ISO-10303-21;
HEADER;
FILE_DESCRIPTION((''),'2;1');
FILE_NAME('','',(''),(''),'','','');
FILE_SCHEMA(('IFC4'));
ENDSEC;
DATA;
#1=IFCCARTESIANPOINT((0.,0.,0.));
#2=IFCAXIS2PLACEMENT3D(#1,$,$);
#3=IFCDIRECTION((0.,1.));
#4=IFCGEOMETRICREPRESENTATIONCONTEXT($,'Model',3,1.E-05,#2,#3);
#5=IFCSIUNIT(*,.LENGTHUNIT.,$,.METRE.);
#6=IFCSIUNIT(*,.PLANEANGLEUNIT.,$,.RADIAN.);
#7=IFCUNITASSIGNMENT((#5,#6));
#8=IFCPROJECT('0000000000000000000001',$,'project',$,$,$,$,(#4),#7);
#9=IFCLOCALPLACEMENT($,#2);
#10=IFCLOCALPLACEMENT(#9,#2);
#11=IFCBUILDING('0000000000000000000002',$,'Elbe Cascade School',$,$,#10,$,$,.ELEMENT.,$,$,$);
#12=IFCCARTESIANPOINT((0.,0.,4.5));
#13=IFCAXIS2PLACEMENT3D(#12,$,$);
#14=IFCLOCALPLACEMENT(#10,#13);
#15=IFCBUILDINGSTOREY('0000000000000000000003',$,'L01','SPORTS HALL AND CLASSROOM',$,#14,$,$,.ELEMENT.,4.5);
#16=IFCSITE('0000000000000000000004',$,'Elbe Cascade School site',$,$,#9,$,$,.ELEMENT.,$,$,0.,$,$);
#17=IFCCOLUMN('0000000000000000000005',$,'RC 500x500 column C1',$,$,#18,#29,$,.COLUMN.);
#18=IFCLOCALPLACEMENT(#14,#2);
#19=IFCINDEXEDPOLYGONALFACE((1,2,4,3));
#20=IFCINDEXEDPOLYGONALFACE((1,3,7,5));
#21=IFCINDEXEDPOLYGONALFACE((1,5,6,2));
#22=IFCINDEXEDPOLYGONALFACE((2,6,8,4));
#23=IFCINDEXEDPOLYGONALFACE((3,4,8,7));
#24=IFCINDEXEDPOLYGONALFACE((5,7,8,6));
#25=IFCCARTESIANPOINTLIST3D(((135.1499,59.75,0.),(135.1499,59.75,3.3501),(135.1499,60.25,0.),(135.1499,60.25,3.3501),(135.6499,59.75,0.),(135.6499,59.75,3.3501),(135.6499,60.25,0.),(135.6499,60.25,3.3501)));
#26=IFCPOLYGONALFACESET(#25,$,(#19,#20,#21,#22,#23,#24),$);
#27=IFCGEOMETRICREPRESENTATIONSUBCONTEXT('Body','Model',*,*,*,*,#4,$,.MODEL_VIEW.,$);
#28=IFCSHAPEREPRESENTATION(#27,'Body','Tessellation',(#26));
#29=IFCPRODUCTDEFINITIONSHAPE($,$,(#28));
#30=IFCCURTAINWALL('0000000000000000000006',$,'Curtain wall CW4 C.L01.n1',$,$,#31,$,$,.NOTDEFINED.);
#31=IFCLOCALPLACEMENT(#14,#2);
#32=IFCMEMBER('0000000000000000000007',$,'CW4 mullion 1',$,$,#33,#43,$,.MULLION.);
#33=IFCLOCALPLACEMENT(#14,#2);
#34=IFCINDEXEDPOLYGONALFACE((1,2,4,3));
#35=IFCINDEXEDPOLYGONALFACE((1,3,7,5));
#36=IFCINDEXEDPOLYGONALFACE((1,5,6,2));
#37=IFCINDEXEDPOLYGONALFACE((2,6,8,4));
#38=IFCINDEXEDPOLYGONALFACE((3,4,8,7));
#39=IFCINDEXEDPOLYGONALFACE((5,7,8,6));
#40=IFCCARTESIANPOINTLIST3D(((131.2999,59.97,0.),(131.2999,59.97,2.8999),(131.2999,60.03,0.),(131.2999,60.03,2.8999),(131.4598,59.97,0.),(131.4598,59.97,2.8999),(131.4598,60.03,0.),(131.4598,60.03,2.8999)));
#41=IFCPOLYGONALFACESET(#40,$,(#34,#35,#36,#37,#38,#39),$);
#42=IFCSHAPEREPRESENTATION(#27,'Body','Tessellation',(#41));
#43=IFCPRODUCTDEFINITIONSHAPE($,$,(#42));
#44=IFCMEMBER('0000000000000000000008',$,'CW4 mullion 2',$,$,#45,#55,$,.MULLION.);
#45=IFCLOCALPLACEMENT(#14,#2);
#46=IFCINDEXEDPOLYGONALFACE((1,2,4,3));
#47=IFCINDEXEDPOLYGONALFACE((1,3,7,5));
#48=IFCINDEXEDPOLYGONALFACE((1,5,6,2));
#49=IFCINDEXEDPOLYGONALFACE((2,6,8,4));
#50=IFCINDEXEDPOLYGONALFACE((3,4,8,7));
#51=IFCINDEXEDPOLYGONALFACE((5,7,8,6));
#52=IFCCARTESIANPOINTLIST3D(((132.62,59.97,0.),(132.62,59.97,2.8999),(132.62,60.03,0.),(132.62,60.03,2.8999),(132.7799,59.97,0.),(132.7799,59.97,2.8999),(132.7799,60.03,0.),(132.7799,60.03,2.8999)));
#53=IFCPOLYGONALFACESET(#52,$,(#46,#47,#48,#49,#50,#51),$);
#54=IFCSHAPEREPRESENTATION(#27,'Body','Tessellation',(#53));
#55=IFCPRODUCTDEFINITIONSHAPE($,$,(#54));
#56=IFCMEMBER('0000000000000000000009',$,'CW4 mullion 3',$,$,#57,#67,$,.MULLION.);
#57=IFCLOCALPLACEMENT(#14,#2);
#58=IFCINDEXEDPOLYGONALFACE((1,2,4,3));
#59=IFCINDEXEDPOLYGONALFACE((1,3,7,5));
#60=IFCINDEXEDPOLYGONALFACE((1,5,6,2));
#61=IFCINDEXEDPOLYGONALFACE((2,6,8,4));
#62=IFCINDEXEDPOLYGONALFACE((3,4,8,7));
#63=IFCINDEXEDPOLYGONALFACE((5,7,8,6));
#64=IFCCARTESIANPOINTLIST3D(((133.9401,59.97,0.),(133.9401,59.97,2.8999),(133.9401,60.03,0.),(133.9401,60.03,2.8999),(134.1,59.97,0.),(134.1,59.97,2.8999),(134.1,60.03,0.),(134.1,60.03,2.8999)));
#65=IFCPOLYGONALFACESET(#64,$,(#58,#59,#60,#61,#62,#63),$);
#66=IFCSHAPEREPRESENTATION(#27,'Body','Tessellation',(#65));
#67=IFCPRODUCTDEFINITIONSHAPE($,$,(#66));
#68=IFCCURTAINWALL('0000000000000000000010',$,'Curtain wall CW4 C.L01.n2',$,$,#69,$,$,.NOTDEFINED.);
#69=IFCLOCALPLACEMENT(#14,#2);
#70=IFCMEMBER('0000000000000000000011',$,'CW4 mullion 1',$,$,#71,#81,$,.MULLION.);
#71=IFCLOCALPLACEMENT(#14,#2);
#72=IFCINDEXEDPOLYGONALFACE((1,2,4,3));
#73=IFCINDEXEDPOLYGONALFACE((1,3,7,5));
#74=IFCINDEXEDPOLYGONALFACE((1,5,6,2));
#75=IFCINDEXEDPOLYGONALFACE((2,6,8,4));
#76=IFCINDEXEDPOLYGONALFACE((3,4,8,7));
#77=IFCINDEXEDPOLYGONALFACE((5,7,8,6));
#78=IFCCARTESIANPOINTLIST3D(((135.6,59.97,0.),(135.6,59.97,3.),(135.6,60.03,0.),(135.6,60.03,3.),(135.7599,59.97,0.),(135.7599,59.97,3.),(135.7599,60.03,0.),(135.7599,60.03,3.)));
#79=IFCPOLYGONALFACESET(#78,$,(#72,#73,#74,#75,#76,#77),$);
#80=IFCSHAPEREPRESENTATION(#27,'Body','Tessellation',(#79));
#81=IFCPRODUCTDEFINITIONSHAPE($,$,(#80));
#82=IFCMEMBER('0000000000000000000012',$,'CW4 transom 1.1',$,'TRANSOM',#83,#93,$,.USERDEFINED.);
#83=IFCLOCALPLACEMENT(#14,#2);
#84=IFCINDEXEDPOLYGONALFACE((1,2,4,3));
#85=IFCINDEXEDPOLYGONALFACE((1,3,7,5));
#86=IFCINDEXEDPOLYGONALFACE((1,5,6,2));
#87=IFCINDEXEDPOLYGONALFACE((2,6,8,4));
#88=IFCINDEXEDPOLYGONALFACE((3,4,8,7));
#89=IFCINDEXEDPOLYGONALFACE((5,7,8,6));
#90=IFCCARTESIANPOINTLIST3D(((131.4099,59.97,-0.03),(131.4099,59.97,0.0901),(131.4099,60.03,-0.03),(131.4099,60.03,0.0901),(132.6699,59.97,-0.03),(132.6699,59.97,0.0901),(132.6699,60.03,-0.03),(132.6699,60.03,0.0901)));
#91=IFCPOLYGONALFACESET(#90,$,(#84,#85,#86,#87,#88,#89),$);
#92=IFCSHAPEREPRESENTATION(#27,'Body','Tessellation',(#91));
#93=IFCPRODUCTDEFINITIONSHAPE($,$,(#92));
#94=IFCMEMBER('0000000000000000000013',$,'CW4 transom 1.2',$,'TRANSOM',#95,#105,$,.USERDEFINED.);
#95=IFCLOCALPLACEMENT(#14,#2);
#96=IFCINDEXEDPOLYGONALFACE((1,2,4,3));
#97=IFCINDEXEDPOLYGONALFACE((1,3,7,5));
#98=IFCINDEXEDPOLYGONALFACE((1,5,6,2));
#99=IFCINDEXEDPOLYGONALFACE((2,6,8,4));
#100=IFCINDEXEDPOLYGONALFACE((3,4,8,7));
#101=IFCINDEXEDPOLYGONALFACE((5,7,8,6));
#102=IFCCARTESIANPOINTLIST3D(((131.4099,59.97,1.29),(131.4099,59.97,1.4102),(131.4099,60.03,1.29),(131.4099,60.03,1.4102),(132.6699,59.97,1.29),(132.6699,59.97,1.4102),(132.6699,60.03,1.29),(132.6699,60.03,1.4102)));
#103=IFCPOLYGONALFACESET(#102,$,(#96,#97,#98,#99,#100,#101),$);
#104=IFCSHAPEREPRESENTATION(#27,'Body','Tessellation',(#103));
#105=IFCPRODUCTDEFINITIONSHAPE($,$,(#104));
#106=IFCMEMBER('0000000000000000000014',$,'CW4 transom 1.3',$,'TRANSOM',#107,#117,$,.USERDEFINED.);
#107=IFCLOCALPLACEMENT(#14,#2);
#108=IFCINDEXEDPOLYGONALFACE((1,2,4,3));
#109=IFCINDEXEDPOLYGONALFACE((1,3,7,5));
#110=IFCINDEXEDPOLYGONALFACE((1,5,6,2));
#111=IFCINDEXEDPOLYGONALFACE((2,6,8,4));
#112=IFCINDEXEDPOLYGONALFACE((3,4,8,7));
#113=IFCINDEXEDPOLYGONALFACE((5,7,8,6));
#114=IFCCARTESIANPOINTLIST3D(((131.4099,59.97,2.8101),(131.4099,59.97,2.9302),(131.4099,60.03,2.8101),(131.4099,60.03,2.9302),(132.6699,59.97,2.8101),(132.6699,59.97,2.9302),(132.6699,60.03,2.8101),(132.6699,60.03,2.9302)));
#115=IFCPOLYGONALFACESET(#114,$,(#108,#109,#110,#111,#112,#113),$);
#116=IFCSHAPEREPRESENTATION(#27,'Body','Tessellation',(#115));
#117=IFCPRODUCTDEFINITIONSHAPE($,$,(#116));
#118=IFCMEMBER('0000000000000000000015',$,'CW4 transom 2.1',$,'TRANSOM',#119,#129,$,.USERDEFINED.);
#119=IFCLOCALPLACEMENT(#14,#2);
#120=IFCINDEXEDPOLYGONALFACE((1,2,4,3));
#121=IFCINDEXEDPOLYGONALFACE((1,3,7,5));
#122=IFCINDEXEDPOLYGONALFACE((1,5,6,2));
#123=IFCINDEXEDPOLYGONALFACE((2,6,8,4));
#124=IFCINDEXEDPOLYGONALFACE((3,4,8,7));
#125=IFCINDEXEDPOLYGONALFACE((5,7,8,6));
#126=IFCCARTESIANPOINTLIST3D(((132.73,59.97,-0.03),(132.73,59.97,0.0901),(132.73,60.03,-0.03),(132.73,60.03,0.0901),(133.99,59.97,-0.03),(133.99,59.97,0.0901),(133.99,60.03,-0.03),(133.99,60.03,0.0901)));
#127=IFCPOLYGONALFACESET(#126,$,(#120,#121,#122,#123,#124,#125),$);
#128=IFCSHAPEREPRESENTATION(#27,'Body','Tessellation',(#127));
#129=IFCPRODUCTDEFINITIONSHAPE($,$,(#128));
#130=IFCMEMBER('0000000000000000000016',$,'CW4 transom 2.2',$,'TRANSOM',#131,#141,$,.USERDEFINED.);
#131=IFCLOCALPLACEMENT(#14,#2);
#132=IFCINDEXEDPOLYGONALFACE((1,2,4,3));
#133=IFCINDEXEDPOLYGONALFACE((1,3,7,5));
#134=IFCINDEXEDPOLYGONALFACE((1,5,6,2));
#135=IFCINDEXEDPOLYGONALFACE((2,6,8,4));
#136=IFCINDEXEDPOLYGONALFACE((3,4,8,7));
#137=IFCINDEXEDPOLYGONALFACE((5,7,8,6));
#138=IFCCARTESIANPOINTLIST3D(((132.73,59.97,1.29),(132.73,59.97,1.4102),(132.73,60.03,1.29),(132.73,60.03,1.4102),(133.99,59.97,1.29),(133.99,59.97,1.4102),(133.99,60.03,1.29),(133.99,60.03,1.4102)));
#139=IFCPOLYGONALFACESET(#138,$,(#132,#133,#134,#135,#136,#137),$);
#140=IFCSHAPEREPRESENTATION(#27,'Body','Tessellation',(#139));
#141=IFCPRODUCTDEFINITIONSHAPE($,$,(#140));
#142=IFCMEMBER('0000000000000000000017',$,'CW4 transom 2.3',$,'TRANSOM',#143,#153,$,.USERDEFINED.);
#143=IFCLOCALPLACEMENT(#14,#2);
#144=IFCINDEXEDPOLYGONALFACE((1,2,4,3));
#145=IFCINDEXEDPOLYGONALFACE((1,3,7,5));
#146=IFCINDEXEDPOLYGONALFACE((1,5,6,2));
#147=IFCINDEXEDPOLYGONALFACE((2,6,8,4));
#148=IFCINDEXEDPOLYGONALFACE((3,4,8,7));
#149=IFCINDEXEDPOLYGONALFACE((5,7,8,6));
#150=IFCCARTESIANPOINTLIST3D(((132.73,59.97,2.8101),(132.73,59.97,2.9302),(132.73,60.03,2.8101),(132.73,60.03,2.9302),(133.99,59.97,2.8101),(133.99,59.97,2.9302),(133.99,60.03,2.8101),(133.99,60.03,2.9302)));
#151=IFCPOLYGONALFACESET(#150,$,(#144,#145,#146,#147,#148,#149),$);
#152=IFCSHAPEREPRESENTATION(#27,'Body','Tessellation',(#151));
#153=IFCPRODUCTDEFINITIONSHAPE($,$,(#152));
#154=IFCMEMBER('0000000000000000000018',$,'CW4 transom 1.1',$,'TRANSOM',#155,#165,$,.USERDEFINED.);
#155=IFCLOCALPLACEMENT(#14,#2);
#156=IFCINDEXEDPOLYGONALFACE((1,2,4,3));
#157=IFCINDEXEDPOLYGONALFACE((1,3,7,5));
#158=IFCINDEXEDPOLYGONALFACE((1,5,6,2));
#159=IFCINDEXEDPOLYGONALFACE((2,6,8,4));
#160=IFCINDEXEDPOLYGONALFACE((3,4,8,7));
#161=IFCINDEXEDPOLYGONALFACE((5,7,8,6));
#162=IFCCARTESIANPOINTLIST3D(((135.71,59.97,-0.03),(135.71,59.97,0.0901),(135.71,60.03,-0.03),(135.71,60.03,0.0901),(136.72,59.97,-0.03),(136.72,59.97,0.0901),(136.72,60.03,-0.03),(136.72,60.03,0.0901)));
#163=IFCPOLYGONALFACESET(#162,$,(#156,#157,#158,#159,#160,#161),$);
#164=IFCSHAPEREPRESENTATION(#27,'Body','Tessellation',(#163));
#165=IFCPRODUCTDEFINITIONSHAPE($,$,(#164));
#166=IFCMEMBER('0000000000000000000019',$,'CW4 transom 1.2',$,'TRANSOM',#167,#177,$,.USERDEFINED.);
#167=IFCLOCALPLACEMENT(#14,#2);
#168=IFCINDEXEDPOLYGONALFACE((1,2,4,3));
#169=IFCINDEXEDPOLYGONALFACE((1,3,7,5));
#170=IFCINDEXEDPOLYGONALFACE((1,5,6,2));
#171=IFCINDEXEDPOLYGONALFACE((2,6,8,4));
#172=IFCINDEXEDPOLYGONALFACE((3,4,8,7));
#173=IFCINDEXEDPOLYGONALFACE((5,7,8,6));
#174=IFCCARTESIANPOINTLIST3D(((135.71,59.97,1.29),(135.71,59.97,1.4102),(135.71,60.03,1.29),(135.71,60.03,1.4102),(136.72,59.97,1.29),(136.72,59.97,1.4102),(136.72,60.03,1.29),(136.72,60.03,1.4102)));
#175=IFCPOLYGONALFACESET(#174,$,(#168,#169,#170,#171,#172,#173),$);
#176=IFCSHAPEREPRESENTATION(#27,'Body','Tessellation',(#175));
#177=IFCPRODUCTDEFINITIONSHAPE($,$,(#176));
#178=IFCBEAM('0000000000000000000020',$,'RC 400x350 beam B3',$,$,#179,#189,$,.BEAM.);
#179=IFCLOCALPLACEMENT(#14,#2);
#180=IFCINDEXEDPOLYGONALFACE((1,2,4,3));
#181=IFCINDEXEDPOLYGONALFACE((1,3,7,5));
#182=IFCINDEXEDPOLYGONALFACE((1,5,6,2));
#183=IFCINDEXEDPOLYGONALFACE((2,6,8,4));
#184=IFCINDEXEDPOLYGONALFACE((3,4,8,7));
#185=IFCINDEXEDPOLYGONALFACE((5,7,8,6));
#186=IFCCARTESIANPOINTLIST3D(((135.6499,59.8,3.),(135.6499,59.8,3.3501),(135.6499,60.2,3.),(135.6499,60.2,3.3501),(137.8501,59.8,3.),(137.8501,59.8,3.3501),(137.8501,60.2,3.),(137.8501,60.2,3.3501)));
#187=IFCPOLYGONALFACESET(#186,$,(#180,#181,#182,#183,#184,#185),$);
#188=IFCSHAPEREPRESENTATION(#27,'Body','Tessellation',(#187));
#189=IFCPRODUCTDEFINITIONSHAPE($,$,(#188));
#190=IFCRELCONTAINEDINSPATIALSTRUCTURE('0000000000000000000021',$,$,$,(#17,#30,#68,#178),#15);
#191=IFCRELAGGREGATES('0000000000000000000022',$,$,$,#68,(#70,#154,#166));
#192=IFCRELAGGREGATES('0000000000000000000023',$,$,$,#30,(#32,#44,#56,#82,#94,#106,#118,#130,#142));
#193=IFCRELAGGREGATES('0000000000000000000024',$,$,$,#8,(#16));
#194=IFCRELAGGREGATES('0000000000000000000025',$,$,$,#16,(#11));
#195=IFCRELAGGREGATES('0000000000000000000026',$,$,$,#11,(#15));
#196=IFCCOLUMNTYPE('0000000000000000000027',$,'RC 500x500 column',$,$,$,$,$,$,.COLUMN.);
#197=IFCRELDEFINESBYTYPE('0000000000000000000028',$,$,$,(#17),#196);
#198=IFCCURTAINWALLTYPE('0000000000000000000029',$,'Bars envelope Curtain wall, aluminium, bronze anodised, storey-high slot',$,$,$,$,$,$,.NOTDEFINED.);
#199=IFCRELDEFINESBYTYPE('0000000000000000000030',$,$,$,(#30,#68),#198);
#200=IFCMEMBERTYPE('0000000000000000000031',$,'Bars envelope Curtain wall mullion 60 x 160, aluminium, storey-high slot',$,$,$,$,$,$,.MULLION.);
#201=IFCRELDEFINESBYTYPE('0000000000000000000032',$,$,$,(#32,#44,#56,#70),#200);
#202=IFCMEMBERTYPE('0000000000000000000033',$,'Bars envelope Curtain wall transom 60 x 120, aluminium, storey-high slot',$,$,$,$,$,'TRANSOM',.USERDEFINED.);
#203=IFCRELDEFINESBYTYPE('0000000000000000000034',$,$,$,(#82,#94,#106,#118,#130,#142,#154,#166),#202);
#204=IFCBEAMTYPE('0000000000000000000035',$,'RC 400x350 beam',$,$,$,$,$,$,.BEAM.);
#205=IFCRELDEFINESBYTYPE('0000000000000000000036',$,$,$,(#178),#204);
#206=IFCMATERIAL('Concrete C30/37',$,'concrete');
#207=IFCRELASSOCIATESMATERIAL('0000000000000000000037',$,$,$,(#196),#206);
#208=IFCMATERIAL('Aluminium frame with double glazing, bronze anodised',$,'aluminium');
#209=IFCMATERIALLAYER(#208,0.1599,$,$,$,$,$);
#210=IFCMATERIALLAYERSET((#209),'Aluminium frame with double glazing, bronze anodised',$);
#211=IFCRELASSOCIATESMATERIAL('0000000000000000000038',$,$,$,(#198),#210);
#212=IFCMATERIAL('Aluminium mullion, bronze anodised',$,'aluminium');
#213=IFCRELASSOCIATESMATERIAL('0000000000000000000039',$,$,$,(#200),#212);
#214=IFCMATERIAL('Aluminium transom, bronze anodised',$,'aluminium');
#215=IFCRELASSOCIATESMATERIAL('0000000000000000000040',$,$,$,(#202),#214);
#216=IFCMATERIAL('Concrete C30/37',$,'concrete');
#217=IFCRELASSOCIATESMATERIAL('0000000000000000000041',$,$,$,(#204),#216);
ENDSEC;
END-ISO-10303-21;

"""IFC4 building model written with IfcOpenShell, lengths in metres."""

from ifc_helpers import new_model, si_unit, direction, frame, origin, origin_2d, place, context, subcontext, project, spatial, rectangle, extrude, material, layer, layer_set, material_profile, profile_set, type_object, element, aggregate, save


model = new_model("IFC4")

# Units and contexts
model_context = context("Model", 3, precision=1e-05, world=origin(), true_north=direction((0.0, 1.0)))
body_context = subcontext(model_context, "Body", "Model", "MODEL_VIEW")
ifc_project = project(units=[si_unit("LENGTHUNIT", "METRE"), si_unit("PLANEANGLEUNIT", "RADIAN")], contexts=[model_context])

# Site, building, storey
site_placement = place(None, origin())
site = spatial("IfcSite", under=ifc_project, at=site_placement, Name="Elbe Cascade School site", CompositionType="ELEMENT", RefElevation=0.0)
building_placement = place(site_placement, origin())
building = spatial("IfcBuilding", under=site, at=building_placement, Name="Elbe Cascade School", CompositionType="ELEMENT")
storey_placement = place(building_placement, frame((0.0, 0.0, 4.5)))
storey = spatial("IfcBuildingStorey", under=building, at=storey_placement, Name="L01", Description="SPORTS HALL AND CLASSROOM", CompositionType="ELEMENT", Elevation=4.5)

# Column
ifc_material_1 = material(Name="Concrete C30/37", Category="concrete")
ifc_material_profile_1 = material_profile(ifc_material_1, rectangle(XDim=0.5, YDim=0.5, at=origin_2d()), Name="RC 500x500")
ifc_profile_set_1 = profile_set([ifc_material_profile_1], Name="Concrete C30/37")
column_type = type_object("IfcColumnType", Name="RC 500x500 column", PredefinedType="COLUMN", material=ifc_profile_set_1)
column_placement = place(storey_placement, frame((135.3999, 60.0, 0.0), z_axis=(0.0, 0.0, 1.0), x_axis=(1.0, 0.0, 0.0)))
element("IfcColumn", 1, at=column_placement, inside=storey, type_object=column_type, Name="RC 500x500 column C1", PredefinedType="COLUMN", context=body_context, shape_type="SweptSolid", body=[
    extrude(rectangle(XDim=0.5, YDim=0.5, at=origin_2d()), origin(), (0.0, 0.0, 1.0), 3.3501),
])

# Curtain wall, members
ifc_material_2 = material(Name="Aluminium frame with double glazing, bronze anodised", Category="aluminium")
ifc_layer_1 = layer(ifc_material_2, 0.1599)
ifc_layer_set_1 = layer_set([ifc_layer_1], Name="Aluminium frame with double glazing, bronze anodised")
curtain_wall_type = type_object("IfcCurtainWallType", Name="Bars envelope Curtain wall, aluminium, bronze anodised, storey-high slot", PredefinedType="NOTDEFINED", material=ifc_layer_set_1)
curtain_wall_1_placement = place(storey_placement, origin())
curtain_wall_1 = element("IfcCurtainWall", 2, at=curtain_wall_1_placement, inside=storey, type_object=curtain_wall_type, Name="Curtain wall CW4 C.L01.n1", PredefinedType="NOTDEFINED")
ifc_material_3 = material(Name="Aluminium mullion, bronze anodised", Category="aluminium")
ifc_material_profile_2 = material_profile(ifc_material_3, rectangle(XDim=0.0601, YDim=0.1599, at=origin_2d()), Name="Bars envelope Curtain wall mullion 60 x 160, aluminium, storey-high slot")
ifc_profile_set_2 = profile_set([ifc_material_profile_2], Name="Aluminium mullion, bronze anodised")
member_type_1 = type_object("IfcMemberType", Name="Bars envelope Curtain wall mullion 60 x 160, aluminium, storey-high slot", PredefinedType="MULLION", material=ifc_profile_set_2)
member_1_placement = place(storey_placement, frame((131.3799, 60.0, 0.0), z_axis=(0.0, 0.0, 1.0), x_axis=(0.0, 1.0, 0.0)))
member_1 = element("IfcMember", 3, at=member_1_placement, type_object=member_type_1, Name="CW4 mullion 1", PredefinedType="MULLION", context=body_context, shape_type="SweptSolid", body=[
    extrude(rectangle(XDim=0.0601, YDim=0.1599, at=origin_2d()), origin(), (0.0, 0.0, 1.0), 2.8999),
])
member_2_placement = place(storey_placement, frame((132.7, 60.0, 0.0), z_axis=(0.0, 0.0, 1.0), x_axis=(0.0, 1.0, 0.0)))
member_2 = element("IfcMember", 4, at=member_2_placement, type_object=member_type_1, Name="CW4 mullion 2", PredefinedType="MULLION", context=body_context, shape_type="SweptSolid", body=[
    extrude(rectangle(XDim=0.0601, YDim=0.1599, at=origin_2d()), origin(), (0.0, 0.0, 1.0), 2.8999),
])
member_3_placement = place(storey_placement, frame((134.02, 60.0, 0.0), z_axis=(0.0, 0.0, 1.0), x_axis=(0.0, 1.0, 0.0)))
member_3 = element("IfcMember", 5, at=member_3_placement, type_object=member_type_1, Name="CW4 mullion 3", PredefinedType="MULLION", context=body_context, shape_type="SweptSolid", body=[
    extrude(rectangle(XDim=0.0601, YDim=0.1599, at=origin_2d()), origin(), (0.0, 0.0, 1.0), 2.8999),
])

# Curtain wall, member
curtain_wall_2_placement = place(storey_placement, origin())
curtain_wall_2 = element("IfcCurtainWall", 6, at=curtain_wall_2_placement, inside=storey, type_object=curtain_wall_type, Name="Curtain wall CW4 C.L01.n2", PredefinedType="NOTDEFINED")
member_4_placement = place(storey_placement, frame((135.6799, 60.0, 0.0), z_axis=(0.0, 0.0, 1.0), x_axis=(0.0, 1.0, 0.0)))
member_4 = element("IfcMember", 7, at=member_4_placement, type_object=member_type_1, Name="CW4 mullion 1", PredefinedType="MULLION", context=body_context, shape_type="SweptSolid", body=[
    extrude(rectangle(XDim=0.0601, YDim=0.1599, at=origin_2d()), origin(), (0.0, 0.0, 1.0), 3.0),
])

# Members
ifc_material_4 = material(Name="Aluminium transom, bronze anodised", Category="aluminium")
ifc_material_profile_3 = material_profile(ifc_material_4, rectangle(XDim=0.0601, YDim=0.1201, at=origin_2d()), Name="Bars envelope Curtain wall transom 60 x 120, aluminium, storey-high slot")
ifc_profile_set_3 = profile_set([ifc_material_profile_3], Name="Aluminium transom, bronze anodised")
member_type_2 = type_object("IfcMemberType", Name="Bars envelope Curtain wall transom 60 x 120, aluminium, storey-high slot", ElementType="TRANSOM", PredefinedType="USERDEFINED", material=ifc_profile_set_3)
member_5_placement = place(storey_placement, frame((131.4099, 60.0, 0.03), z_axis=(1.0, 0.0, 0.0), x_axis=(0.0, 1.0, 0.0)))
member_5 = element("IfcMember", 8, at=member_5_placement, type_object=member_type_2, Name="CW4 transom 1.1", ObjectType="TRANSOM", PredefinedType="USERDEFINED", context=body_context, shape_type="SweptSolid", body=[
    extrude(rectangle(XDim=0.0601, YDim=0.1201, at=origin_2d()), origin(), (0.0, 0.0, 1.0), 1.26),
])
member_6_placement = place(storey_placement, frame((131.4099, 60.0, 1.3501), z_axis=(1.0, 0.0, 0.0), x_axis=(0.0, 1.0, 0.0)))
member_6 = element("IfcMember", 9, at=member_6_placement, type_object=member_type_2, Name="CW4 transom 1.2", ObjectType="TRANSOM", PredefinedType="USERDEFINED", context=body_context, shape_type="SweptSolid", body=[
    extrude(rectangle(XDim=0.0601, YDim=0.1201, at=origin_2d()), origin(), (0.0, 0.0, 1.0), 1.26),
])
member_7_placement = place(storey_placement, frame((131.4099, 60.0, 2.8701), z_axis=(1.0, 0.0, 0.0), x_axis=(0.0, 1.0, 0.0)))
member_7 = element("IfcMember", 10, at=member_7_placement, type_object=member_type_2, Name="CW4 transom 1.3", ObjectType="TRANSOM", PredefinedType="USERDEFINED", context=body_context, shape_type="SweptSolid", body=[
    extrude(rectangle(XDim=0.0601, YDim=0.1201, at=origin_2d()), origin(), (0.0, 0.0, 1.0), 1.26),
])
member_8_placement = place(storey_placement, frame((132.73, 60.0, 0.03), z_axis=(1.0, 0.0, 0.0), x_axis=(0.0, 1.0, 0.0)))
member_8 = element("IfcMember", 11, at=member_8_placement, type_object=member_type_2, Name="CW4 transom 2.1", ObjectType="TRANSOM", PredefinedType="USERDEFINED", context=body_context, shape_type="SweptSolid", body=[
    extrude(rectangle(XDim=0.0601, YDim=0.1201, at=origin_2d()), origin(), (0.0, 0.0, 1.0), 1.26),
])
member_9_placement = place(storey_placement, frame((132.73, 60.0, 1.3501), z_axis=(1.0, 0.0, 0.0), x_axis=(0.0, 1.0, 0.0)))
member_9 = element("IfcMember", 12, at=member_9_placement, type_object=member_type_2, Name="CW4 transom 2.2", ObjectType="TRANSOM", PredefinedType="USERDEFINED", context=body_context, shape_type="SweptSolid", body=[
    extrude(rectangle(XDim=0.0601, YDim=0.1201, at=origin_2d()), origin(), (0.0, 0.0, 1.0), 1.26),
])
member_10_placement = place(storey_placement, frame((132.73, 60.0, 2.8701), z_axis=(1.0, 0.0, 0.0), x_axis=(0.0, 1.0, 0.0)))
member_10 = element("IfcMember", 13, at=member_10_placement, type_object=member_type_2, Name="CW4 transom 2.3", ObjectType="TRANSOM", PredefinedType="USERDEFINED", context=body_context, shape_type="SweptSolid", body=[
    extrude(rectangle(XDim=0.0601, YDim=0.1201, at=origin_2d()), origin(), (0.0, 0.0, 1.0), 1.26),
])
member_11_placement = place(storey_placement, frame((135.71, 60.0, 0.03), z_axis=(1.0, 0.0, 0.0), x_axis=(0.0, 1.0, 0.0)))
member_11 = element("IfcMember", 14, at=member_11_placement, type_object=member_type_2, Name="CW4 transom 1.1", ObjectType="TRANSOM", PredefinedType="USERDEFINED", context=body_context, shape_type="SweptSolid", body=[
    extrude(rectangle(XDim=0.0601, YDim=0.1201, at=origin_2d()), origin(), (0.0, 0.0, 1.0), 1.01),
])
member_12_placement = place(storey_placement, frame((135.71, 60.0, 1.3501), z_axis=(1.0, 0.0, 0.0), x_axis=(0.0, 1.0, 0.0)))
member_12 = element("IfcMember", 15, at=member_12_placement, type_object=member_type_2, Name="CW4 transom 1.2", ObjectType="TRANSOM", PredefinedType="USERDEFINED", context=body_context, shape_type="SweptSolid", body=[
    extrude(rectangle(XDim=0.0601, YDim=0.1201, at=origin_2d()), origin(), (0.0, 0.0, 1.0), 1.01),
])
aggregate(curtain_wall_2, [member_4, member_11, member_12])

# Beam
ifc_material_5 = material(Name="Concrete C30/37", Category="concrete")
ifc_material_profile_4 = material_profile(ifc_material_5, rectangle(XDim=0.3999, YDim=0.3501, at=origin_2d()), Name="RC 400x350")
ifc_profile_set_4 = profile_set([ifc_material_profile_4], Name="Concrete C30/37")
beam_type = type_object("IfcBeamType", Name="RC 400x350 beam", PredefinedType="BEAM", material=ifc_profile_set_4)
beam_placement = place(storey_placement, frame((135.6499, 60.0, 3.175), z_axis=(1.0, 0.0, 0.0), x_axis=(0.0, 1.0, 0.0)))
element("IfcBeam", 16, at=beam_placement, inside=storey, type_object=beam_type, Name="RC 400x350 beam B3", PredefinedType="BEAM", context=body_context, shape_type="SweptSolid", body=[
    extrude(rectangle(XDim=0.3999, YDim=0.3501, at=origin_2d()), origin(), (0.0, 0.0, 1.0), 2.2002),
])

aggregate(curtain_wall_1, [member_1, member_2, member_3, member_5, member_6, member_7, member_8, member_9, member_10])

save(model, "model.ifc")
